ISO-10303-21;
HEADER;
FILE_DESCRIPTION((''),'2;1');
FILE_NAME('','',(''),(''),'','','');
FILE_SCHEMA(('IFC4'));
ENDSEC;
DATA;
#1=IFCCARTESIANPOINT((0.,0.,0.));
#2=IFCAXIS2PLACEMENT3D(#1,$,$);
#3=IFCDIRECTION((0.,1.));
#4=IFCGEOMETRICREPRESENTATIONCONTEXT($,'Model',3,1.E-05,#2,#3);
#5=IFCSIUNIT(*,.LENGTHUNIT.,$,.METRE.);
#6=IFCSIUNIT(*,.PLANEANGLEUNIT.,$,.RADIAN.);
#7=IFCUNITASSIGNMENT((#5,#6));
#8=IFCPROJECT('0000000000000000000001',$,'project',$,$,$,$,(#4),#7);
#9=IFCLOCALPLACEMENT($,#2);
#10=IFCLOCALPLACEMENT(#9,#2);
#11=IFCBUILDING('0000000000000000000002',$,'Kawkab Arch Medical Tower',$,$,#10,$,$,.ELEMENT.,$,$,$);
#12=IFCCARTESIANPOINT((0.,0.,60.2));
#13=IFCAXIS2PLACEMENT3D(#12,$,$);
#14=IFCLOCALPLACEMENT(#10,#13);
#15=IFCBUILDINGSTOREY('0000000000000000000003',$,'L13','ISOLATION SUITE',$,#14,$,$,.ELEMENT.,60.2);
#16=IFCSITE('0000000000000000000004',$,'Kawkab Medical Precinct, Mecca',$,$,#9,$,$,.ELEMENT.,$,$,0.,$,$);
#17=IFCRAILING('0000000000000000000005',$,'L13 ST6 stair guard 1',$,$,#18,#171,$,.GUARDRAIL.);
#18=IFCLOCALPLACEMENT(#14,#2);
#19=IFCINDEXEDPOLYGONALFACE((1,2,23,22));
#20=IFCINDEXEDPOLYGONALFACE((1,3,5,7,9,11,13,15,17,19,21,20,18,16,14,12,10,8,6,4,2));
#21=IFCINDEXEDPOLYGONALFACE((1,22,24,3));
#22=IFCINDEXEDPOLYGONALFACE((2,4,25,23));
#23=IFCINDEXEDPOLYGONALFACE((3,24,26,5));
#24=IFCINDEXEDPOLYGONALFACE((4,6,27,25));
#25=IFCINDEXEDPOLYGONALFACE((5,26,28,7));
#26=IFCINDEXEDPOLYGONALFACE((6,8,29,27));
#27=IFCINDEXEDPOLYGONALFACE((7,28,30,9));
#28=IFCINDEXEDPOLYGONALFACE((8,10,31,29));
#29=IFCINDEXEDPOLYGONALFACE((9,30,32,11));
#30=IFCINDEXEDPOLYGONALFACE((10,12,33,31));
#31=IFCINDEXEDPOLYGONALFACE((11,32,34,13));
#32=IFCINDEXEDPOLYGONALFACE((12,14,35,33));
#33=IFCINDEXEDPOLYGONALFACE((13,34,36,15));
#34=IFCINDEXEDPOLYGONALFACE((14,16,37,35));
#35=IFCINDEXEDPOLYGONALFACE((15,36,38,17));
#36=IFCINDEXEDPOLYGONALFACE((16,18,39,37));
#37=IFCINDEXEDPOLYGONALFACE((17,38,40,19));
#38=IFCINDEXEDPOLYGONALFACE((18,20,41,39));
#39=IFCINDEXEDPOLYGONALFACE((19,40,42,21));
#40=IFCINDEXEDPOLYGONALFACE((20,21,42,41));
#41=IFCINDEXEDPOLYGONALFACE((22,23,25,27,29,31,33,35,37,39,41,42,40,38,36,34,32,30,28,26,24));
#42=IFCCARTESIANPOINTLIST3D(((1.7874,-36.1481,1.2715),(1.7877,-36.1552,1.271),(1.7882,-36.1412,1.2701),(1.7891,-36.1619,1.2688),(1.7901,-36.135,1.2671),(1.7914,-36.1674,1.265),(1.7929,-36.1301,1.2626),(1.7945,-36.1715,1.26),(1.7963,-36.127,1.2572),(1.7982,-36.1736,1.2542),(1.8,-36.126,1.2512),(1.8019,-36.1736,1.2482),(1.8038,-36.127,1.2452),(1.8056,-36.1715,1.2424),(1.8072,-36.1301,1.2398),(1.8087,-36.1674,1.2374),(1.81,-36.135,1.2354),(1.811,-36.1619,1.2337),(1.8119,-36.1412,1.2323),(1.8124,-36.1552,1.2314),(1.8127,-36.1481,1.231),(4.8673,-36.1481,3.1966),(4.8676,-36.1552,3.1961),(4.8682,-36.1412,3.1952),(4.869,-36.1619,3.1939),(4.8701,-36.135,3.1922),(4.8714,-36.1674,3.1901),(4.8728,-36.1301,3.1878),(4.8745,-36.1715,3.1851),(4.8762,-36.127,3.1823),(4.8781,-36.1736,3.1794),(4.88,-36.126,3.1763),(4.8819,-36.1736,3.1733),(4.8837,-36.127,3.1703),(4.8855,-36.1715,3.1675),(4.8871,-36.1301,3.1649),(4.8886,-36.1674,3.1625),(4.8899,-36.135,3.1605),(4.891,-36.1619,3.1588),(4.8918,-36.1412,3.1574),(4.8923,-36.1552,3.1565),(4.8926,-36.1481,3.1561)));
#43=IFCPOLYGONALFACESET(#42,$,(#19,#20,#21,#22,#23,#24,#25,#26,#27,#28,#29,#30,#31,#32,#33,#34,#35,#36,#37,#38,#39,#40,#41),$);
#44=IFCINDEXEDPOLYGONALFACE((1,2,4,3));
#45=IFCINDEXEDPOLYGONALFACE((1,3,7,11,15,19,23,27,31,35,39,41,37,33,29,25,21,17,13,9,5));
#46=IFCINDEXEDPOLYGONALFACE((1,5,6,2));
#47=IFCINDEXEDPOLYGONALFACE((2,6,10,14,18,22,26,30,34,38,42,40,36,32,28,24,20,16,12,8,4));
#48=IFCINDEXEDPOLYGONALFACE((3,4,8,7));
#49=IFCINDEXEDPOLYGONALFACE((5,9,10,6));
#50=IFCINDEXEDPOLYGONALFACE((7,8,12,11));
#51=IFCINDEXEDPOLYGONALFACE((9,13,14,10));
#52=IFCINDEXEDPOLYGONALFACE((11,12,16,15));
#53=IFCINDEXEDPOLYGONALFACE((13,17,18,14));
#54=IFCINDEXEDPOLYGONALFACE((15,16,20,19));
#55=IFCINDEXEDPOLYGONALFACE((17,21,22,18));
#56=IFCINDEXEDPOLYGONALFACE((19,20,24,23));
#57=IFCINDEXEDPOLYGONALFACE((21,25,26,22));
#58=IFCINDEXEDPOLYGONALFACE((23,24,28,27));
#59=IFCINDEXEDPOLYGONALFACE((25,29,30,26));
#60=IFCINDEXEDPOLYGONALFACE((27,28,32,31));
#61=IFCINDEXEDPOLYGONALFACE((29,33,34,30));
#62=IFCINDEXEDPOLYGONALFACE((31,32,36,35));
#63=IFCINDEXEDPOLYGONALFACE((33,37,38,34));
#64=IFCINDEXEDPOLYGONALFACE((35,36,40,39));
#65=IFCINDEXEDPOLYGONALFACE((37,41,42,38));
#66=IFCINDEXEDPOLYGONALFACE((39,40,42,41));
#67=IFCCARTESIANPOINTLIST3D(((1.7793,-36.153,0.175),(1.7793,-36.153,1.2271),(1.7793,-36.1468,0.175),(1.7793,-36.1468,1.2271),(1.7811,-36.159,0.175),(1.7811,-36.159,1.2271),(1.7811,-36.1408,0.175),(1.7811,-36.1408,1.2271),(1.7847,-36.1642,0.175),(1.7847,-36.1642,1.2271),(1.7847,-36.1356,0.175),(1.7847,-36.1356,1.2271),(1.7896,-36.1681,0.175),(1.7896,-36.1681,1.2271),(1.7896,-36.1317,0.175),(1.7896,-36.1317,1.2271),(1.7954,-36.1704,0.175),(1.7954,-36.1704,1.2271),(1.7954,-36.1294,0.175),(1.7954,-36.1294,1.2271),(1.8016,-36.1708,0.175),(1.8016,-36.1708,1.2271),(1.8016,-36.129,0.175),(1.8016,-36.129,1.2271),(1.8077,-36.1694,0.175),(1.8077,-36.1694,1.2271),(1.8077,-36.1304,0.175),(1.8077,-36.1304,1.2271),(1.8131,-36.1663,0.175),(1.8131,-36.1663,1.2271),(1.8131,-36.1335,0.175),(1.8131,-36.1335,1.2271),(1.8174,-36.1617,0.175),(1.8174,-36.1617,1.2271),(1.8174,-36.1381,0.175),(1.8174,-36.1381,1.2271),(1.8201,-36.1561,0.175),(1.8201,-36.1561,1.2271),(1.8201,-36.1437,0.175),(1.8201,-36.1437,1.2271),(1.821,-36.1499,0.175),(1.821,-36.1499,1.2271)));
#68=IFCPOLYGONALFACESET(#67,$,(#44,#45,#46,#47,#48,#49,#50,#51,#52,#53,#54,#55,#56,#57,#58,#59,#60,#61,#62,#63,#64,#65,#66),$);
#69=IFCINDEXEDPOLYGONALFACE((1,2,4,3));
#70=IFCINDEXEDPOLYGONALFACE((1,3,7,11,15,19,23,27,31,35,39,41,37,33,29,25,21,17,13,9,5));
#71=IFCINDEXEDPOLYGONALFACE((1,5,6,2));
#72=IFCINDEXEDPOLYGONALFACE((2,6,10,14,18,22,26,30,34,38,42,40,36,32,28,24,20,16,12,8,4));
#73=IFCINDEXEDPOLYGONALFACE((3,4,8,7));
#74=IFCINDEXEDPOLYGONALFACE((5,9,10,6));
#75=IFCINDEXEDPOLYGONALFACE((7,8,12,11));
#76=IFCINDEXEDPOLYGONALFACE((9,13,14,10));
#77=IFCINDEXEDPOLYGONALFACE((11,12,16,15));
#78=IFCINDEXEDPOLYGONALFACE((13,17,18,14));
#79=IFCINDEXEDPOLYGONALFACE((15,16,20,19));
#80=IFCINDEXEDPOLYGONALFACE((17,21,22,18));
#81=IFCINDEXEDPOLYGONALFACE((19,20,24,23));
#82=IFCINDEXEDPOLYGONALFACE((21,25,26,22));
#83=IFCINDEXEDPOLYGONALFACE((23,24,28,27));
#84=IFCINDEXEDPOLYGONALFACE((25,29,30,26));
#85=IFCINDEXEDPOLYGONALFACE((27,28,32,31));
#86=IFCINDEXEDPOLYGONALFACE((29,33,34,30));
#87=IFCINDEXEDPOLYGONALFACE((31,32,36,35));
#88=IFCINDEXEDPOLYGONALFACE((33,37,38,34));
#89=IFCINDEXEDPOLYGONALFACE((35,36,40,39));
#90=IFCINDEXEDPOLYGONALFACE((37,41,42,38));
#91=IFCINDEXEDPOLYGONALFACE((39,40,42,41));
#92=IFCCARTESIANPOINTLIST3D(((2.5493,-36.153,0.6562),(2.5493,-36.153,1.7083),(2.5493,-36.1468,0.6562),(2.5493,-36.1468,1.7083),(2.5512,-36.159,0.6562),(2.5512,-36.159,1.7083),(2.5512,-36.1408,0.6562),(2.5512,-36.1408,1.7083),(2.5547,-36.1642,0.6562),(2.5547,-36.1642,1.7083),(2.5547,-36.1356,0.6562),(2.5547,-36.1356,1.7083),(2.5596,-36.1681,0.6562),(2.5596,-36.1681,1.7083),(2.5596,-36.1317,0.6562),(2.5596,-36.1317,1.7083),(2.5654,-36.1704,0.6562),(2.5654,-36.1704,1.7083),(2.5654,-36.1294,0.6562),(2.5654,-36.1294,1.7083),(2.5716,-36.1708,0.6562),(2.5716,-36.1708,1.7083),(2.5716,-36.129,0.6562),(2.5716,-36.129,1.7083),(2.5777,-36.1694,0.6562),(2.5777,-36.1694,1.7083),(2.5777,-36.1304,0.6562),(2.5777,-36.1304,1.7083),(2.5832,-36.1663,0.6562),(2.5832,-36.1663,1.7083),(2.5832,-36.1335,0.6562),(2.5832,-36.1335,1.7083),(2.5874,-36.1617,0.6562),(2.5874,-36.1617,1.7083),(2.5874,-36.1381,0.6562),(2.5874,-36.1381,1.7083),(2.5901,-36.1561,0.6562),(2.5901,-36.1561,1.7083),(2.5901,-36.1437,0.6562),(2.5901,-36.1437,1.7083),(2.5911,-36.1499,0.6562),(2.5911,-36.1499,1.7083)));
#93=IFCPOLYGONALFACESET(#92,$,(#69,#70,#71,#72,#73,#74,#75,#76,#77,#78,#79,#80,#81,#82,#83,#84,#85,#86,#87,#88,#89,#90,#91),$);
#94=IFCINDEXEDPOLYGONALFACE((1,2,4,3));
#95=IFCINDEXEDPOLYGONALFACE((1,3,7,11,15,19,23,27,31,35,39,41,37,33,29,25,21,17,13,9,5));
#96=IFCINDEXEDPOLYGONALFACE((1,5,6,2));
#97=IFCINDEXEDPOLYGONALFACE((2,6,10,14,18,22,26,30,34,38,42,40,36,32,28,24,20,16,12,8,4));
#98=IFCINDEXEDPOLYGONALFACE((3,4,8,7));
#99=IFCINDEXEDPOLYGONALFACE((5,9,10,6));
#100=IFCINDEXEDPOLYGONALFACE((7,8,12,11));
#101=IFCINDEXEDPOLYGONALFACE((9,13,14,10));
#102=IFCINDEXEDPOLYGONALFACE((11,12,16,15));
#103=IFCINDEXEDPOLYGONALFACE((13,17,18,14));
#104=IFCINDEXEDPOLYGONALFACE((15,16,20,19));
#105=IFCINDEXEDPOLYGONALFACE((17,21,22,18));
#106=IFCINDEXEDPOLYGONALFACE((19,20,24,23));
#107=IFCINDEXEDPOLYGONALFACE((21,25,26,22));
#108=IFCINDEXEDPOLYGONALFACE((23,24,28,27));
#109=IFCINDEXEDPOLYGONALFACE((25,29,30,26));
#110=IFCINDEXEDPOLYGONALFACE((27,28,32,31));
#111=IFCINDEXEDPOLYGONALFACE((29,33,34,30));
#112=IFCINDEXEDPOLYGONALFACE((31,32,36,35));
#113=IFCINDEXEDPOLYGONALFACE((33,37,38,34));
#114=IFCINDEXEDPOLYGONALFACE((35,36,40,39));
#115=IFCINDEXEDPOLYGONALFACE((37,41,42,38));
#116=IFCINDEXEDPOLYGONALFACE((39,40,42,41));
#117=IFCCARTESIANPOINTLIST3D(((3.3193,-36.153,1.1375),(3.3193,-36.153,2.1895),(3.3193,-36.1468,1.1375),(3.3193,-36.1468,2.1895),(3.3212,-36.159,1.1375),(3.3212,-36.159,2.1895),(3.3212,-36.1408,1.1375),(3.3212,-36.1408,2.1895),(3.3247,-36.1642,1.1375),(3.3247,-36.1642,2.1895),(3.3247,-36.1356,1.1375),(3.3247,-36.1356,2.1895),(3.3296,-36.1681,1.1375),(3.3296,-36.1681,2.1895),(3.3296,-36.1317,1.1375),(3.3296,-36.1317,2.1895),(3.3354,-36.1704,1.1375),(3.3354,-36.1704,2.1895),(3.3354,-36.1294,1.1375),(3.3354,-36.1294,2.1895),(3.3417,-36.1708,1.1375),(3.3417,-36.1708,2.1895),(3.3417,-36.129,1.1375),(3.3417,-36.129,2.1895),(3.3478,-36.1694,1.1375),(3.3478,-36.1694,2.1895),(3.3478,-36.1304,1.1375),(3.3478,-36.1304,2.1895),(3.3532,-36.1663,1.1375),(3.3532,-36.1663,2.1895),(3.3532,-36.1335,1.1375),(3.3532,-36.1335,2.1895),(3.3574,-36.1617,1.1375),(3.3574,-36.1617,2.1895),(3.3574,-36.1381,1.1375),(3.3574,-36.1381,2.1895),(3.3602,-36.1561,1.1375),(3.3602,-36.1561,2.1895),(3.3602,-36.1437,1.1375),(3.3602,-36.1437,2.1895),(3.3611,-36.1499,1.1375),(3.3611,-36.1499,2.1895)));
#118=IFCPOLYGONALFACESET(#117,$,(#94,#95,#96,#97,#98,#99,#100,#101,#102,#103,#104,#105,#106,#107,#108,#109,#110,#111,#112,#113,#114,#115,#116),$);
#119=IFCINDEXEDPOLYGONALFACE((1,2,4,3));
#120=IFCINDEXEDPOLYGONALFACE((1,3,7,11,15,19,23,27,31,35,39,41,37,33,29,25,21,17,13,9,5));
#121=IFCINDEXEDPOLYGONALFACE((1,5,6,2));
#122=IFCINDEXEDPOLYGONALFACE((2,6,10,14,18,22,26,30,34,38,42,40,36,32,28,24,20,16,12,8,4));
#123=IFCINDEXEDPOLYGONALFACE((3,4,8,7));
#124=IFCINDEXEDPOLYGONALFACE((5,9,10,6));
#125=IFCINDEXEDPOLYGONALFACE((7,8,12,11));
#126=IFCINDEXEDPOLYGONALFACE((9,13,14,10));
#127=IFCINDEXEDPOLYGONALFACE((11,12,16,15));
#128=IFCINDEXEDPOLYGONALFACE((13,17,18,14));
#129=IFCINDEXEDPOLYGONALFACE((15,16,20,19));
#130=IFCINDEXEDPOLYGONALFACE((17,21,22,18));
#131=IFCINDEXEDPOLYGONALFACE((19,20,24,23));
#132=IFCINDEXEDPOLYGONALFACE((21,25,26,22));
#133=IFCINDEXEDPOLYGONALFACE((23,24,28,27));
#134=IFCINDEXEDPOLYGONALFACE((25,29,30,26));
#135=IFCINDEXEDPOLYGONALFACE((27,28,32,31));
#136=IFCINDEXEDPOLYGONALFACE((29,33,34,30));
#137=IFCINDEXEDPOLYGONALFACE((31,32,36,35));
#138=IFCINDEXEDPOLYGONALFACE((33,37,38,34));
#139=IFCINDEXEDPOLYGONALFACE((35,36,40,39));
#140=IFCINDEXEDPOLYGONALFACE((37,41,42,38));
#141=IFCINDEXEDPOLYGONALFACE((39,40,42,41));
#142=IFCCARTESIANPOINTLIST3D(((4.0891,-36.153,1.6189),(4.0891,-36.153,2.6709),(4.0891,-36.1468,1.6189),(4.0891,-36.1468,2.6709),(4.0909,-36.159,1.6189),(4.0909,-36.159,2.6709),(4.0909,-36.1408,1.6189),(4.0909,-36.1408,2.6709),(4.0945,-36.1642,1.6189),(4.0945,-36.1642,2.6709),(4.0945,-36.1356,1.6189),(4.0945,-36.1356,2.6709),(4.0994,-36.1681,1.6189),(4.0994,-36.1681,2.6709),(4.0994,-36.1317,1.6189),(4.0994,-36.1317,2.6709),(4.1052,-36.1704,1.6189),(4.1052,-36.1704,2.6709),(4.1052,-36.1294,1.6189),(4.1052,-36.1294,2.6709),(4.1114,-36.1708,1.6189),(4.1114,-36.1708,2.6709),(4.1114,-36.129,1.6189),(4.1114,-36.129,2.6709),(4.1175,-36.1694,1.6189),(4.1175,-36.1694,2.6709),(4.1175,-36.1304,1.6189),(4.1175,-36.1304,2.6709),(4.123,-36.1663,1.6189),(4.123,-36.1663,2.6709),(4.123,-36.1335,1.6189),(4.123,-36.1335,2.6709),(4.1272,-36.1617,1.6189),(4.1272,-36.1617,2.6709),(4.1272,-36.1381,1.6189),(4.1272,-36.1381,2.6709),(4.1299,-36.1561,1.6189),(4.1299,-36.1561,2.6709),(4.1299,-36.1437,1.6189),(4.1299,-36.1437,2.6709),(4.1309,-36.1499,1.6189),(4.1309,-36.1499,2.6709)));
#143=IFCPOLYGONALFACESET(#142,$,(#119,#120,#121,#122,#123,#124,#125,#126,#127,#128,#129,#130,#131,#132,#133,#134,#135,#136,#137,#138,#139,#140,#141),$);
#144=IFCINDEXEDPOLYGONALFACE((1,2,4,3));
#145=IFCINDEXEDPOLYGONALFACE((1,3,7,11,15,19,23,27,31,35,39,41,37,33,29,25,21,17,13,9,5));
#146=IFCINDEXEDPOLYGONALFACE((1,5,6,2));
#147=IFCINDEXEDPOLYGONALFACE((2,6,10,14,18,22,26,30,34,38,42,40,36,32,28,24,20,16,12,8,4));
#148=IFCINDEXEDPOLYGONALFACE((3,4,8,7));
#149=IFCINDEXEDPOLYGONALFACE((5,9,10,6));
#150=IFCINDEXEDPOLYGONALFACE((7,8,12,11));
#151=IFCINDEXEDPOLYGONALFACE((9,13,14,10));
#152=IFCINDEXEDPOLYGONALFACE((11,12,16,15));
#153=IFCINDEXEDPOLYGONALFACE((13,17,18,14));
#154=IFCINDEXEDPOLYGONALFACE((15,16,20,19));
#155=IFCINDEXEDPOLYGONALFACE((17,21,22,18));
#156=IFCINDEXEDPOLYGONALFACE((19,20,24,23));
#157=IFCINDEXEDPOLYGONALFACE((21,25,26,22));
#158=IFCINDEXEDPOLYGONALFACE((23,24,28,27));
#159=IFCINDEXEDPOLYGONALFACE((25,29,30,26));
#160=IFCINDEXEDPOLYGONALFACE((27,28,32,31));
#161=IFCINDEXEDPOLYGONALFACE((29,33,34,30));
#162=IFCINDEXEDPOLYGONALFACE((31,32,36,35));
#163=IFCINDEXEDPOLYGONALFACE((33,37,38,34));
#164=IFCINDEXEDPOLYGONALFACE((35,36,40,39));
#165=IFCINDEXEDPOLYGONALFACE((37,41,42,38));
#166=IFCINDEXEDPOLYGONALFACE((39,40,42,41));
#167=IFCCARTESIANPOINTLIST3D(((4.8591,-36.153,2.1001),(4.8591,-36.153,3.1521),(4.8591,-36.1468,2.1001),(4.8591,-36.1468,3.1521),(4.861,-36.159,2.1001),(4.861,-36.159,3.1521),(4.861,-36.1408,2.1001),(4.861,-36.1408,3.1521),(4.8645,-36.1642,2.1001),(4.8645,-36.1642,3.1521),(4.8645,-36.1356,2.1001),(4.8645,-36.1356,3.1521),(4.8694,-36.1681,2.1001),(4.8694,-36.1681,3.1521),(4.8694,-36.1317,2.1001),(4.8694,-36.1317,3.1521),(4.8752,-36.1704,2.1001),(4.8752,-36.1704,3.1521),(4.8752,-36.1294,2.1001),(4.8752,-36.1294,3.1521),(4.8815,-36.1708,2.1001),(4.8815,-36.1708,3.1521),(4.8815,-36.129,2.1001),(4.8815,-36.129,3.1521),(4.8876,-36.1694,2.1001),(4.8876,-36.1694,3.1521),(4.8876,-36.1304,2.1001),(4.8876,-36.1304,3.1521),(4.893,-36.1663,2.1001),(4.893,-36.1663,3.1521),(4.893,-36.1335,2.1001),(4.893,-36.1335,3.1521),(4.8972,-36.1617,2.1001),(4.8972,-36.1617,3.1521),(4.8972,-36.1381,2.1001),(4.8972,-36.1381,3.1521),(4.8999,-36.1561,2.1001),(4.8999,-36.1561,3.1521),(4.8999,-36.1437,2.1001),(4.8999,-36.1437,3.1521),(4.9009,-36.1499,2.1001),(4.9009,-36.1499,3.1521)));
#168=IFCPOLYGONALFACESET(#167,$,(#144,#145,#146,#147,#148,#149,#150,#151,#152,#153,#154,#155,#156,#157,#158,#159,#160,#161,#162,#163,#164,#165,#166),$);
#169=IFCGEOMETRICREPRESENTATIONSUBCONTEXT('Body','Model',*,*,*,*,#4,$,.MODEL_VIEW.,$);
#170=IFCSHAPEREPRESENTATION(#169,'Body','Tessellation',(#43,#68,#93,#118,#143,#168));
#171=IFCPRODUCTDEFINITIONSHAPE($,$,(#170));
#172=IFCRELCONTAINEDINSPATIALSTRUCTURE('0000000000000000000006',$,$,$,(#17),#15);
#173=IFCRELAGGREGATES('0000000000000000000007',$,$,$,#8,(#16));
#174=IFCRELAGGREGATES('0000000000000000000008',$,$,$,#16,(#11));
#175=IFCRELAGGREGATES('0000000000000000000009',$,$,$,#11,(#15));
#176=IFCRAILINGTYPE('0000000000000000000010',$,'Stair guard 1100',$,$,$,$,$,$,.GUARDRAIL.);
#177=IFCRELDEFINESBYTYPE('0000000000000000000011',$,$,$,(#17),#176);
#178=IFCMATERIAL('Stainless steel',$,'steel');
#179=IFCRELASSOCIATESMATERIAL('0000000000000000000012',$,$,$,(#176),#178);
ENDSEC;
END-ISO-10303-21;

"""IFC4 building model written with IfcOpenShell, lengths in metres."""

from ifc_helpers import new_model, si_unit, direction, frame, origin, origin_2d, place, context, subcontext, project, spatial, circle, extrude, material, type_object, element, save


model = new_model("IFC4")

# Units and contexts
model_context = context("Model", 3, precision=1e-05, world=origin(), true_north=direction((0.0, 1.0)))
body_context = subcontext(model_context, "Body", "Model", "MODEL_VIEW")
ifc_project = project(units=[si_unit("LENGTHUNIT", "METRE"), si_unit("PLANEANGLEUNIT", "RADIAN")], contexts=[model_context])

# Site, building, storey
site_placement = place(None, origin())
site = spatial("IfcSite", under=ifc_project, at=site_placement, Name="Kawkab Medical Precinct, Mecca", CompositionType="ELEMENT", RefElevation=0.0)
building_placement = place(site_placement, origin())
building = spatial("IfcBuilding", under=site, at=building_placement, Name="Kawkab Arch Medical Tower", CompositionType="ELEMENT")
storey_placement = place(building_placement, frame((0.0, 0.0, 60.2)))
storey = spatial("IfcBuildingStorey", under=building, at=storey_placement, Name="L13", Description="ISOLATION SUITE", CompositionType="ELEMENT", Elevation=60.2)

# Railing
ifc_material_1 = material(Name="Stainless steel", Category="steel")
railing_type = type_object("IfcRailingType", Name="Stair guard 1100", PredefinedType="GUARDRAIL", material=ifc_material_1)
railing_1_placement = place(storey_placement, frame((1.8, -36.1499, 0.175)))
element("IfcRailing", 1, at=railing_1_placement, inside=storey, type_object=railing_type, Name="L13 ST6 stair guard 1", PredefinedType="GUARDRAIL", context=body_context, shape_type="SweptSolid", body=[
    extrude(circle(Radius=0.0239, at=origin_2d()), frame((0.0, 0.0, 1.0762), z_axis=(0.847979, 0.0, 0.530029), x_axis=(0.0, 1.0, 0.0)), (0.0, 0.0, 1.0), 3.6321),
    extrude(circle(Radius=0.021, at=origin_2d()), origin(), (0.0, 0.0, 1.0), 1.052),
    extrude(circle(Radius=0.021, at=origin_2d()), frame((0.77, 0.0, 0.4812)), (0.0, 0.0, 1.0), 1.052),
    extrude(circle(Radius=0.021, at=origin_2d()), frame((1.54, 0.0, 0.9624)), (0.0, 0.0, 1.0), 1.052),
    extrude(circle(Radius=0.021, at=origin_2d()), frame((2.3098, 0.0, 1.4438)), (0.0, 0.0, 1.0), 1.052),
    extrude(circle(Radius=0.021, at=origin_2d()), frame((3.0798, 0.0, 1.925)), (0.0, 0.0, 1.0), 1.052),
])

save(model, "model.ifc")
